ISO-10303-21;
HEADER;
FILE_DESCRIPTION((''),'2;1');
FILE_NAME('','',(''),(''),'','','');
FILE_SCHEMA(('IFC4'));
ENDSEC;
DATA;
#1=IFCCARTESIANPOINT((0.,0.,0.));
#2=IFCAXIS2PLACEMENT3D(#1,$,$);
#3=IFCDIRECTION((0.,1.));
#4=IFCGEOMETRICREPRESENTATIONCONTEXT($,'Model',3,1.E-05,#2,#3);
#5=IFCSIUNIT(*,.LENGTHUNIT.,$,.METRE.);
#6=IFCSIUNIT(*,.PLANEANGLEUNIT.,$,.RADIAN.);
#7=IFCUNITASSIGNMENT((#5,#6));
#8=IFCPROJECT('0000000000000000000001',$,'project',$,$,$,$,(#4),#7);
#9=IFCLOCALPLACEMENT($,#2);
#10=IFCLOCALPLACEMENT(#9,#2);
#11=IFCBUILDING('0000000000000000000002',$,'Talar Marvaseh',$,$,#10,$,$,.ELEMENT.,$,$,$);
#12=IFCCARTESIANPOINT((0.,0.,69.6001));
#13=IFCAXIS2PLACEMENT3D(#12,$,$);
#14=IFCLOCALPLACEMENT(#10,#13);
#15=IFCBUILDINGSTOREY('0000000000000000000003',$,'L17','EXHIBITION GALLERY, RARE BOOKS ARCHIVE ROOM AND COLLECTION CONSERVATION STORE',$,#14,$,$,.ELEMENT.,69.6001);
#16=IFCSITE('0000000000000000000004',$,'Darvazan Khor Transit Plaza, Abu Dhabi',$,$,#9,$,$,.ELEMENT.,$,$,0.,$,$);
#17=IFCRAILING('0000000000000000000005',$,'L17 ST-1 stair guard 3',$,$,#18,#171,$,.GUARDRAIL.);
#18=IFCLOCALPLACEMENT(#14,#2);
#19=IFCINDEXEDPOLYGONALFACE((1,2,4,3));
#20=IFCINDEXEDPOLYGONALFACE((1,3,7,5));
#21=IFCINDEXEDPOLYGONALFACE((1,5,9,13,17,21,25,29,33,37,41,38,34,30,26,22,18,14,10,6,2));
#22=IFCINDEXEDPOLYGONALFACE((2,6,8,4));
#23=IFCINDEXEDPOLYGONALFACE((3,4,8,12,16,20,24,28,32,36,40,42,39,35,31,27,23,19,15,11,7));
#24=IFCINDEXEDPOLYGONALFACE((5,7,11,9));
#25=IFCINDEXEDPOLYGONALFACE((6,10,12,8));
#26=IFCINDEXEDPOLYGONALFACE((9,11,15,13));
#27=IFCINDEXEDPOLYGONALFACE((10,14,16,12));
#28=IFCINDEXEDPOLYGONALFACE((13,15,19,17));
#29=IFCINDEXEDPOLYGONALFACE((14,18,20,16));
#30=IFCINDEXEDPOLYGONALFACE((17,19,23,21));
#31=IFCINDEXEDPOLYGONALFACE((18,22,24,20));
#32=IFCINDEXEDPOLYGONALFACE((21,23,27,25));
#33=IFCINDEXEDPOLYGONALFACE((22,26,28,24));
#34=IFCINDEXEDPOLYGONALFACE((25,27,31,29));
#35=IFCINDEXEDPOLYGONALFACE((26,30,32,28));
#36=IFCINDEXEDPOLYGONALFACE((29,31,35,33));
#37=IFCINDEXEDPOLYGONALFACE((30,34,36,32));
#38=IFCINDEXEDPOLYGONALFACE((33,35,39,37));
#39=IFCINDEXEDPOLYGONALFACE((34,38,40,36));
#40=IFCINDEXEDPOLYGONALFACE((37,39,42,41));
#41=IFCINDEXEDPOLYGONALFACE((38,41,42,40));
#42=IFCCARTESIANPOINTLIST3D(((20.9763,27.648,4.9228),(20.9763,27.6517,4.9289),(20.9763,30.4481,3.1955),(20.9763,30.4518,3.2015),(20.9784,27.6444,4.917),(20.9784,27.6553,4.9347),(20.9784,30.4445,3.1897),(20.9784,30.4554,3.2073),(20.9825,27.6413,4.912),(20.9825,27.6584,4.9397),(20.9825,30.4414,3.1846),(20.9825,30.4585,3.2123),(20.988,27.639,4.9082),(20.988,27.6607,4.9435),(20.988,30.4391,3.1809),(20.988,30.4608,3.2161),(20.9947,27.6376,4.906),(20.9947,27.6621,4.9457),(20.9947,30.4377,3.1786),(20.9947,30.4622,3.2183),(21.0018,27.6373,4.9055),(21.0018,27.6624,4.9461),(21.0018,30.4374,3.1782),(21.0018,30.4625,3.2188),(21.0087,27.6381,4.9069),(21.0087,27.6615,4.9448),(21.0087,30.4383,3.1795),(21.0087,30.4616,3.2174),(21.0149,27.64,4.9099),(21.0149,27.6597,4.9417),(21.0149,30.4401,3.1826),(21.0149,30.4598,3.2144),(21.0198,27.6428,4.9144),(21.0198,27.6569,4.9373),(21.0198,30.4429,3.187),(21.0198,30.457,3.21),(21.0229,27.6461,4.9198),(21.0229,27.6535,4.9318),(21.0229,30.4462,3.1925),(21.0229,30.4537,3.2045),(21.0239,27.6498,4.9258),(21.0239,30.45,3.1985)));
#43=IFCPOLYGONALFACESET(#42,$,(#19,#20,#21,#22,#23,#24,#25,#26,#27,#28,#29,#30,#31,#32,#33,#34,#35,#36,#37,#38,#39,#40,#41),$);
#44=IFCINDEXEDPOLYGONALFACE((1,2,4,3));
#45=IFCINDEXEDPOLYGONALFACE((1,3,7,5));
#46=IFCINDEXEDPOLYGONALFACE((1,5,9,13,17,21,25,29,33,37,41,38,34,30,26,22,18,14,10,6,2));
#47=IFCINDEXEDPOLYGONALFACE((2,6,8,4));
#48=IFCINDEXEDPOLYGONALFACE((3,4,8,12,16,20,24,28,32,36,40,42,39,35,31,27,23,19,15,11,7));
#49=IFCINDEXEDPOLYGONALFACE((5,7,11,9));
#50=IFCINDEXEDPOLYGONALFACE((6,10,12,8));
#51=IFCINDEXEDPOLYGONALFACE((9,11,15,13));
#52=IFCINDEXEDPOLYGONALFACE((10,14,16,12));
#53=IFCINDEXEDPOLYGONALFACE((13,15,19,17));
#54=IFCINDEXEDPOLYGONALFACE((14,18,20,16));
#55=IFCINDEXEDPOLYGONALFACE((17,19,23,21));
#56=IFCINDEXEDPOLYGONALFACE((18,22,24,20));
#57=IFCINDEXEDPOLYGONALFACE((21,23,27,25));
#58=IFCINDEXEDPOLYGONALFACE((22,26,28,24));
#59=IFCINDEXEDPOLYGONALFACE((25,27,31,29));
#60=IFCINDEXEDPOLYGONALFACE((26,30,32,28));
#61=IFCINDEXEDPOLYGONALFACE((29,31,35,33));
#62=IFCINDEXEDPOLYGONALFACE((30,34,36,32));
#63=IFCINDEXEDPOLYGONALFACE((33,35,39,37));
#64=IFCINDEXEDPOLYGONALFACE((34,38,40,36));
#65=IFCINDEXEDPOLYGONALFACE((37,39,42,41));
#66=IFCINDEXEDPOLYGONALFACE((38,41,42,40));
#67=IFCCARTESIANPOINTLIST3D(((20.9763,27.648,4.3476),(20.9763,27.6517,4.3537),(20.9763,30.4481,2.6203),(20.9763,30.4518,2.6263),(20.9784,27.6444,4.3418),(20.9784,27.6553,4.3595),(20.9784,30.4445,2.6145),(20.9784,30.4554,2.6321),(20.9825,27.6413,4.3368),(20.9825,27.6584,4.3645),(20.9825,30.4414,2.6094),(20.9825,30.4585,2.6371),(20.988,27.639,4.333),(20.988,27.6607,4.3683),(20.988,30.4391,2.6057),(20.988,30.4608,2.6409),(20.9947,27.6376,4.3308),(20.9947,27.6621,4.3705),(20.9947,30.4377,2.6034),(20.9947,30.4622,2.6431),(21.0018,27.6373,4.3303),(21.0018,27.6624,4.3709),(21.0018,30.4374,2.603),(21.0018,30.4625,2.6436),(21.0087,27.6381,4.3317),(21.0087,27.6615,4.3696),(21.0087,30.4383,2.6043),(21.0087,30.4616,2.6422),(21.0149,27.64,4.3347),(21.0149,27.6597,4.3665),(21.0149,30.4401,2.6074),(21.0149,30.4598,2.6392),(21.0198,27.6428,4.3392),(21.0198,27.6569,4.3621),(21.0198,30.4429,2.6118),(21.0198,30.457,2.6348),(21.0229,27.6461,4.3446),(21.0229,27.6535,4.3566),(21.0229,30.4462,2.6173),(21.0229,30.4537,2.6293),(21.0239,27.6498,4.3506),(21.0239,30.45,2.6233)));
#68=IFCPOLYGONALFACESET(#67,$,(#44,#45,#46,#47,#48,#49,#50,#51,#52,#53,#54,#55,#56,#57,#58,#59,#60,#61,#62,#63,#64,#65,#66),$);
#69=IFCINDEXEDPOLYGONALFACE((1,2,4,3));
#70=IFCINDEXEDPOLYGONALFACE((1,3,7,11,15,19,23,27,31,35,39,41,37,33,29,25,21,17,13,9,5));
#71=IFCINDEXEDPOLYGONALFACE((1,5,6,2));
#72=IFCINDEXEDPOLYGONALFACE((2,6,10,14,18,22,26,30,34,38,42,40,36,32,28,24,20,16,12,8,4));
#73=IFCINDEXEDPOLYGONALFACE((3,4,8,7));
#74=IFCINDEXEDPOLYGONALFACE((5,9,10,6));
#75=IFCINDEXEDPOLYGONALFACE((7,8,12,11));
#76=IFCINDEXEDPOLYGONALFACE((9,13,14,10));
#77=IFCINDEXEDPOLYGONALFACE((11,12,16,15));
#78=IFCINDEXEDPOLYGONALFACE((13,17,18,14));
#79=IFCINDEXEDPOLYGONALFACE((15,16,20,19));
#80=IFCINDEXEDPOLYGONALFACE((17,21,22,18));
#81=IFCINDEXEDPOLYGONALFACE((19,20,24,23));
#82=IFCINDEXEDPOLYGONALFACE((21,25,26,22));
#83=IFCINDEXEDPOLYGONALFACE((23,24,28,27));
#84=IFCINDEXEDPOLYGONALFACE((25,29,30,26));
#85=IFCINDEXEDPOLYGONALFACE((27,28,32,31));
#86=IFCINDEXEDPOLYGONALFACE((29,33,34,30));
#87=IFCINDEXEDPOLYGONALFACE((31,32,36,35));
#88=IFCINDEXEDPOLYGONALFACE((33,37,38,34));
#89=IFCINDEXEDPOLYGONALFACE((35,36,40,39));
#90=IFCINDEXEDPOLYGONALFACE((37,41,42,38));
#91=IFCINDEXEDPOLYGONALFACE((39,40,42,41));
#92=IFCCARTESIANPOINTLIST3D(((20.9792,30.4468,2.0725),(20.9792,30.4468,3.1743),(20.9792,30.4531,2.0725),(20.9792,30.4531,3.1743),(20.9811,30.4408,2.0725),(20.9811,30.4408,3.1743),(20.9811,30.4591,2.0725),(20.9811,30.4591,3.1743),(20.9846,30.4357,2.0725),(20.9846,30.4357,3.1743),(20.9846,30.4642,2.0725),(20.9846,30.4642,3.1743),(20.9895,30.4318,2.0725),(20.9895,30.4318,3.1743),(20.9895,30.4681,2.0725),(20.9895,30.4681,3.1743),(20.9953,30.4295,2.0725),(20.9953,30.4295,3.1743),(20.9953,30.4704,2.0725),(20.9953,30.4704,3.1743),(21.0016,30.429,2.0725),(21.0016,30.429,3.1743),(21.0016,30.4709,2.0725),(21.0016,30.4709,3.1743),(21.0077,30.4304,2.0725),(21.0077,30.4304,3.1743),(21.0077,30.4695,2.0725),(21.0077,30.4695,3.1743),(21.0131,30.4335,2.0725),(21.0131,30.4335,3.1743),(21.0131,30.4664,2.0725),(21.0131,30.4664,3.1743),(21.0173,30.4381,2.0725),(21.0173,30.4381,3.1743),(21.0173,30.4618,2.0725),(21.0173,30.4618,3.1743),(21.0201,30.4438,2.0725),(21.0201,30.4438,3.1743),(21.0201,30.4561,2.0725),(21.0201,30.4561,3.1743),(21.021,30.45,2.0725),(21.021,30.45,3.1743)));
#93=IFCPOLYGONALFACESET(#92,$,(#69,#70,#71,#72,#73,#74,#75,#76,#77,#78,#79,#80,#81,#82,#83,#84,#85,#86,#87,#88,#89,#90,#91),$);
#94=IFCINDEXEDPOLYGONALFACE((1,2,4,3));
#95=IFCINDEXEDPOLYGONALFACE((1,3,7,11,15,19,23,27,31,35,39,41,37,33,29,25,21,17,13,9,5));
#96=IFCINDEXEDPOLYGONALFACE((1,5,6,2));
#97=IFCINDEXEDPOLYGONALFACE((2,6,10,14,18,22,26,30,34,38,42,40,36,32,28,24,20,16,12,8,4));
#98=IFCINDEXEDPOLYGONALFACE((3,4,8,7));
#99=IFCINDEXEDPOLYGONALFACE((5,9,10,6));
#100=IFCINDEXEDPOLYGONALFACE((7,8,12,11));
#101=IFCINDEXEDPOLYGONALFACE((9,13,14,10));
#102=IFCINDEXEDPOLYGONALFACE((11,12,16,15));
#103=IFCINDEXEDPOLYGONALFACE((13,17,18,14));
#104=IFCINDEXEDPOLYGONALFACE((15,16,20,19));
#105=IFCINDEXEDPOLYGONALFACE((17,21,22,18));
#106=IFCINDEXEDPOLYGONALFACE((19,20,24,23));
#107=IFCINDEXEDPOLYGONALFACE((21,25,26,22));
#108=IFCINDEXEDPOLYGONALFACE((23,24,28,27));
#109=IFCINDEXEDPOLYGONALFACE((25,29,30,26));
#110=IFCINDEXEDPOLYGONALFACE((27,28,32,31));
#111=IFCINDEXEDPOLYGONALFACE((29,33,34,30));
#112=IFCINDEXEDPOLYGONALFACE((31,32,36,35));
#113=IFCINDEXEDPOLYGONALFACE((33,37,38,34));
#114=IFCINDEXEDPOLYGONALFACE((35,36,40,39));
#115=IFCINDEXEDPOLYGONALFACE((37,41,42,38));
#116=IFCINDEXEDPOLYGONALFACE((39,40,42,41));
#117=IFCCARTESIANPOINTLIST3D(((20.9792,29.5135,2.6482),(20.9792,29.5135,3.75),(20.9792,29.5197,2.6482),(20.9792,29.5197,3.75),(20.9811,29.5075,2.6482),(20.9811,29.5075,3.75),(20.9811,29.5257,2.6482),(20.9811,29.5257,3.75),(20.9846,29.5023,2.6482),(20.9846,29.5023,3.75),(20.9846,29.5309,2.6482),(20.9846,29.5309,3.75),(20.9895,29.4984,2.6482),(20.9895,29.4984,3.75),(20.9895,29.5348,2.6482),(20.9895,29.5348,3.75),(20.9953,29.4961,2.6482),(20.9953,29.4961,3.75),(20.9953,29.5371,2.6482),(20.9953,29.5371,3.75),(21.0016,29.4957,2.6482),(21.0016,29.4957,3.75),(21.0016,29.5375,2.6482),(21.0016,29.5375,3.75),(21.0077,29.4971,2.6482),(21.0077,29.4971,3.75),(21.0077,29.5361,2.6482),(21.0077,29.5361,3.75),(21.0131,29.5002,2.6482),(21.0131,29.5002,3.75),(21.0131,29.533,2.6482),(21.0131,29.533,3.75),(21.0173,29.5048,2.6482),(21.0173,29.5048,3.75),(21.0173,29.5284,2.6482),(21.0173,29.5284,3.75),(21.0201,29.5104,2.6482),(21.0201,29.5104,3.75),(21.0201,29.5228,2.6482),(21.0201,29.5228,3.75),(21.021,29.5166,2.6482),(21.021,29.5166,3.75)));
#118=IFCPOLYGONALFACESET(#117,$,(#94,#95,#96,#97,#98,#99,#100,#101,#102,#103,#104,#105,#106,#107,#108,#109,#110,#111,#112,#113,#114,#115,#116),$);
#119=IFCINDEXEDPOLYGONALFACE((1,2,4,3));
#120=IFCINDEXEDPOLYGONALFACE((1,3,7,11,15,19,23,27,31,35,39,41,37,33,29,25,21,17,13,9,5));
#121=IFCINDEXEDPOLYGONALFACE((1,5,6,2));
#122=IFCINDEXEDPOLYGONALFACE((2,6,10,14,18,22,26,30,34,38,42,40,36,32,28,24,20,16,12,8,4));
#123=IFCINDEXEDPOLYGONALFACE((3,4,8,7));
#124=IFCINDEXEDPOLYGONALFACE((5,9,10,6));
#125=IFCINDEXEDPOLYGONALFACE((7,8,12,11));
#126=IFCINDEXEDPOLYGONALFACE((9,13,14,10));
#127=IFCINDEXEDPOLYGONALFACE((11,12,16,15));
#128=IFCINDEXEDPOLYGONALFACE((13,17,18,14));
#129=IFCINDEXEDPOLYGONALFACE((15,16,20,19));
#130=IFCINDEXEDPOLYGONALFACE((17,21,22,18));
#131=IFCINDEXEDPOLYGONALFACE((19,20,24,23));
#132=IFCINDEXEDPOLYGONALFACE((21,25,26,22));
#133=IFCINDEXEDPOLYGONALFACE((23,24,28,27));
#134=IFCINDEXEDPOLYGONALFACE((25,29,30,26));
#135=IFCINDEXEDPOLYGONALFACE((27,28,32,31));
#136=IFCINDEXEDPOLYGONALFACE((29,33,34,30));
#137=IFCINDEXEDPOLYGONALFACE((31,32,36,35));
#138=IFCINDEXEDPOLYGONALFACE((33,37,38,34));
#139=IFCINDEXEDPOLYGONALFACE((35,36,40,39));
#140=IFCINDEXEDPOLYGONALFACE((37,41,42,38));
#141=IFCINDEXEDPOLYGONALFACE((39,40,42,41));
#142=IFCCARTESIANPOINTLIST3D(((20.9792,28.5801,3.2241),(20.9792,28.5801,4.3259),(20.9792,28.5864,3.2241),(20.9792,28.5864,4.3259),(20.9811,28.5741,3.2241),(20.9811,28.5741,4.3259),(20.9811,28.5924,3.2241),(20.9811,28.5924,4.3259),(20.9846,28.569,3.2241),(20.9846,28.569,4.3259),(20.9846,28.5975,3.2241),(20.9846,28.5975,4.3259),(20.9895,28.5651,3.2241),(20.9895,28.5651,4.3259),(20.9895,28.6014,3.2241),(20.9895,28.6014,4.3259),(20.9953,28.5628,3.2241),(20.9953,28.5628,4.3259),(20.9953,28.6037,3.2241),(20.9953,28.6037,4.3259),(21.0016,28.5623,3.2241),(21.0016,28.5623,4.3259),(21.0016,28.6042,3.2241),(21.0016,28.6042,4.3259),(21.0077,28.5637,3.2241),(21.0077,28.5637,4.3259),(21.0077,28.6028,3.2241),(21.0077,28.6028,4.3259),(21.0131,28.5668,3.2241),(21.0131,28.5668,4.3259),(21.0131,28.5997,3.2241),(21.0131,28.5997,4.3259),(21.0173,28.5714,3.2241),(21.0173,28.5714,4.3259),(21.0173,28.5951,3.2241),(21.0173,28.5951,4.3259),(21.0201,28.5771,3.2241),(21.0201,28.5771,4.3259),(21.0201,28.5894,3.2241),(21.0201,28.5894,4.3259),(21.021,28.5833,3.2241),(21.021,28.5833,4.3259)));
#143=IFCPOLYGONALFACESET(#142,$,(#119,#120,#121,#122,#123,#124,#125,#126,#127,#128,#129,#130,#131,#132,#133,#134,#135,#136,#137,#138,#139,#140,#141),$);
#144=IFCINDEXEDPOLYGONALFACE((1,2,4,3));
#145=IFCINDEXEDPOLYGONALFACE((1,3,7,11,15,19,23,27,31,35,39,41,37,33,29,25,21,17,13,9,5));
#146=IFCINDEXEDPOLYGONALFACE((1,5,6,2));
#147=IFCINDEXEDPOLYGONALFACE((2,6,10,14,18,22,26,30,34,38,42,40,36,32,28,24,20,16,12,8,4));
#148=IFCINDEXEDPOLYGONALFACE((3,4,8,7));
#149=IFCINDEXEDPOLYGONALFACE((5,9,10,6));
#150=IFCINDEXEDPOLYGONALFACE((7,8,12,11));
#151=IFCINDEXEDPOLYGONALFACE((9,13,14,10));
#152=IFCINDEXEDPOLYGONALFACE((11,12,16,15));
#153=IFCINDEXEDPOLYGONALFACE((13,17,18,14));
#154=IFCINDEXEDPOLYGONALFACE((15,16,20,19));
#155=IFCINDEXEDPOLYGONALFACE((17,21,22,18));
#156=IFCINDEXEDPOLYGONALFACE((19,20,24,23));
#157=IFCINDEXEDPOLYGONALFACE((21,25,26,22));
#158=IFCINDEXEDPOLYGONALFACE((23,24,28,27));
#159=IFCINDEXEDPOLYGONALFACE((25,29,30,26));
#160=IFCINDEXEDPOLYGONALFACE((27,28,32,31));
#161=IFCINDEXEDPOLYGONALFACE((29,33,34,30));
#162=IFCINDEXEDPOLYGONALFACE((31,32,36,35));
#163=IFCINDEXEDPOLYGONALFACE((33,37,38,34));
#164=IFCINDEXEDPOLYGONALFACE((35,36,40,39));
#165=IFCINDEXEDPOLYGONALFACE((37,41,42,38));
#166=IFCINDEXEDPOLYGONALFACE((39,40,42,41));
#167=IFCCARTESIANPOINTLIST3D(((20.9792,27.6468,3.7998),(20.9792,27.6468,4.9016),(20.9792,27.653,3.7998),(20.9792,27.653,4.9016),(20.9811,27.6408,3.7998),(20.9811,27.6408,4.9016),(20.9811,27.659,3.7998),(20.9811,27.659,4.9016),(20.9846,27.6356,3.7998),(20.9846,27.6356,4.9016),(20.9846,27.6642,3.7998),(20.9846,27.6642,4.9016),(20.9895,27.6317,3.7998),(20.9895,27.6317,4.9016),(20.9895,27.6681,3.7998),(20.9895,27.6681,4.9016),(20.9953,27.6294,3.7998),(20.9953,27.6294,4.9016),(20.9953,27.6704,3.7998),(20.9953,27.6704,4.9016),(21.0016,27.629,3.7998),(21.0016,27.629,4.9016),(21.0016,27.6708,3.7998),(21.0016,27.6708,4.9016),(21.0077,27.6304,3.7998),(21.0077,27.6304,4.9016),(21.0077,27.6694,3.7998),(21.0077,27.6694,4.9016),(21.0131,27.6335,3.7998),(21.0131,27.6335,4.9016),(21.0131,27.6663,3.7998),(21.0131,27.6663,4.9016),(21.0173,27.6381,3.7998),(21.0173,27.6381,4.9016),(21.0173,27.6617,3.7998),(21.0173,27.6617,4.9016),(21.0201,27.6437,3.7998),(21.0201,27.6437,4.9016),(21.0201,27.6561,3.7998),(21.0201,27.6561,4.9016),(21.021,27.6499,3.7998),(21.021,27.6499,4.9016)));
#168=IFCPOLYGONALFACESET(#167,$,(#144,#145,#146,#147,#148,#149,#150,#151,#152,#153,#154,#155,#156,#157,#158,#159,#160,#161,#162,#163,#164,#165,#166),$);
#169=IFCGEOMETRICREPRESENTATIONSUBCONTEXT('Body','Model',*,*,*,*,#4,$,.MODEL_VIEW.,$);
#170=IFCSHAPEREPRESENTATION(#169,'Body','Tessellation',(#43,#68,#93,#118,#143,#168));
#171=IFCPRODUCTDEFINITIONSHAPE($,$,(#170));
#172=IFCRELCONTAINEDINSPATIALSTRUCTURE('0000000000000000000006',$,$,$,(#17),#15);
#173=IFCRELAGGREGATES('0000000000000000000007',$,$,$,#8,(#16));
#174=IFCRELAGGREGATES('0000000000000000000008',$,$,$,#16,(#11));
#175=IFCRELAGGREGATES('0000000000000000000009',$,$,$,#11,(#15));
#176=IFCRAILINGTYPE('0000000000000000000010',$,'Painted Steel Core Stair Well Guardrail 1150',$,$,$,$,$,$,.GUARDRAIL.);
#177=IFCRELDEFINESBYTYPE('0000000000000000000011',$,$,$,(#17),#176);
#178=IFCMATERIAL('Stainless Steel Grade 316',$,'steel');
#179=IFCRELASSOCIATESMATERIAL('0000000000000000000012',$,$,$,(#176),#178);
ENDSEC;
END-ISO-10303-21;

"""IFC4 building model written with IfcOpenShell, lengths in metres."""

from ifc_helpers import new_model, si_unit, direction, frame, origin, origin_2d, place, context, subcontext, project, spatial, circle, extrude, material, type_object, element, save


model = new_model("IFC4")

# Units and contexts
model_context = context("Model", 3, precision=1e-05, world=origin(), true_north=direction((0.0, 1.0)))
body_context = subcontext(model_context, "Body", "Model", "MODEL_VIEW")
ifc_project = project(units=[si_unit("LENGTHUNIT", "METRE"), si_unit("PLANEANGLEUNIT", "RADIAN")], contexts=[model_context])

# Site, building, storey
site_placement = place(None, origin())
site = spatial("IfcSite", under=ifc_project, at=site_placement, Name="Darvazan Khor Transit Plaza, Abu Dhabi", CompositionType="ELEMENT", RefElevation=0.0)
building_placement = place(site_placement, origin())
building = spatial("IfcBuilding", under=site, at=building_placement, Name="Talar Marvaseh", CompositionType="ELEMENT")
storey_placement = place(building_placement, frame((0.0, 0.0, 69.6001)))
storey = spatial("IfcBuildingStorey", under=building, at=storey_placement, Name="L17", Description="EXHIBITION GALLERY, RARE BOOKS ARCHIVE ROOM AND COLLECTION CONSERVATION STORE", CompositionType="ELEMENT", Elevation=69.6001)

# Railing
ifc_material_1 = material(Name="Stainless Steel Grade 316", Category="steel")
railing_type_1 = type_object("IfcRailingType", Name="Painted Steel Core Stair Well Guardrail 1150", PredefinedType="GUARDRAIL", material=ifc_material_1)
railing_1_placement = place(storey_placement, frame((21.0, 30.45, 2.0725)))
element("IfcRailing", 1, at=railing_1_placement, inside=storey, type_object=railing_type_1, Name="L17 ST-1 stair guard 3", PredefinedType="GUARDRAIL", context=body_context, shape_type="SweptSolid", body=[
    extrude(circle(Radius=0.0239, at=origin_2d()), frame((0.0, 0.0, 1.126), z_axis=(0.0, -0.85109, 0.52502), x_axis=(1.0, 0.0, 0.0)), (0.0, 0.0, 1.0), 3.29),
    extrude(circle(Radius=0.0239, at=origin_2d()), frame((0.0, 0.0, 0.5508), z_axis=(0.0, -0.85109, 0.52502), x_axis=(1.0, 0.0, 0.0)), (0.0, 0.0, 1.0), 3.29),
    extrude(circle(Radius=0.021, at=origin_2d()), origin(), (0.0, 0.0, 1.0), 1.1018),
    extrude(circle(Radius=0.021, at=origin_2d()), frame((0.0, -0.9333, 0.5757)), (0.0, 0.0, 1.0), 1.1018),
    extrude(circle(Radius=0.021, at=origin_2d()), frame((0.0, -1.8667, 1.1516)), (0.0, 0.0, 1.0), 1.1018),
    extrude(circle(Radius=0.021, at=origin_2d()), frame((0.0, -2.8, 1.7273)), (0.0, 0.0, 1.0), 1.1018),
])

save(model, "model.ifc")
